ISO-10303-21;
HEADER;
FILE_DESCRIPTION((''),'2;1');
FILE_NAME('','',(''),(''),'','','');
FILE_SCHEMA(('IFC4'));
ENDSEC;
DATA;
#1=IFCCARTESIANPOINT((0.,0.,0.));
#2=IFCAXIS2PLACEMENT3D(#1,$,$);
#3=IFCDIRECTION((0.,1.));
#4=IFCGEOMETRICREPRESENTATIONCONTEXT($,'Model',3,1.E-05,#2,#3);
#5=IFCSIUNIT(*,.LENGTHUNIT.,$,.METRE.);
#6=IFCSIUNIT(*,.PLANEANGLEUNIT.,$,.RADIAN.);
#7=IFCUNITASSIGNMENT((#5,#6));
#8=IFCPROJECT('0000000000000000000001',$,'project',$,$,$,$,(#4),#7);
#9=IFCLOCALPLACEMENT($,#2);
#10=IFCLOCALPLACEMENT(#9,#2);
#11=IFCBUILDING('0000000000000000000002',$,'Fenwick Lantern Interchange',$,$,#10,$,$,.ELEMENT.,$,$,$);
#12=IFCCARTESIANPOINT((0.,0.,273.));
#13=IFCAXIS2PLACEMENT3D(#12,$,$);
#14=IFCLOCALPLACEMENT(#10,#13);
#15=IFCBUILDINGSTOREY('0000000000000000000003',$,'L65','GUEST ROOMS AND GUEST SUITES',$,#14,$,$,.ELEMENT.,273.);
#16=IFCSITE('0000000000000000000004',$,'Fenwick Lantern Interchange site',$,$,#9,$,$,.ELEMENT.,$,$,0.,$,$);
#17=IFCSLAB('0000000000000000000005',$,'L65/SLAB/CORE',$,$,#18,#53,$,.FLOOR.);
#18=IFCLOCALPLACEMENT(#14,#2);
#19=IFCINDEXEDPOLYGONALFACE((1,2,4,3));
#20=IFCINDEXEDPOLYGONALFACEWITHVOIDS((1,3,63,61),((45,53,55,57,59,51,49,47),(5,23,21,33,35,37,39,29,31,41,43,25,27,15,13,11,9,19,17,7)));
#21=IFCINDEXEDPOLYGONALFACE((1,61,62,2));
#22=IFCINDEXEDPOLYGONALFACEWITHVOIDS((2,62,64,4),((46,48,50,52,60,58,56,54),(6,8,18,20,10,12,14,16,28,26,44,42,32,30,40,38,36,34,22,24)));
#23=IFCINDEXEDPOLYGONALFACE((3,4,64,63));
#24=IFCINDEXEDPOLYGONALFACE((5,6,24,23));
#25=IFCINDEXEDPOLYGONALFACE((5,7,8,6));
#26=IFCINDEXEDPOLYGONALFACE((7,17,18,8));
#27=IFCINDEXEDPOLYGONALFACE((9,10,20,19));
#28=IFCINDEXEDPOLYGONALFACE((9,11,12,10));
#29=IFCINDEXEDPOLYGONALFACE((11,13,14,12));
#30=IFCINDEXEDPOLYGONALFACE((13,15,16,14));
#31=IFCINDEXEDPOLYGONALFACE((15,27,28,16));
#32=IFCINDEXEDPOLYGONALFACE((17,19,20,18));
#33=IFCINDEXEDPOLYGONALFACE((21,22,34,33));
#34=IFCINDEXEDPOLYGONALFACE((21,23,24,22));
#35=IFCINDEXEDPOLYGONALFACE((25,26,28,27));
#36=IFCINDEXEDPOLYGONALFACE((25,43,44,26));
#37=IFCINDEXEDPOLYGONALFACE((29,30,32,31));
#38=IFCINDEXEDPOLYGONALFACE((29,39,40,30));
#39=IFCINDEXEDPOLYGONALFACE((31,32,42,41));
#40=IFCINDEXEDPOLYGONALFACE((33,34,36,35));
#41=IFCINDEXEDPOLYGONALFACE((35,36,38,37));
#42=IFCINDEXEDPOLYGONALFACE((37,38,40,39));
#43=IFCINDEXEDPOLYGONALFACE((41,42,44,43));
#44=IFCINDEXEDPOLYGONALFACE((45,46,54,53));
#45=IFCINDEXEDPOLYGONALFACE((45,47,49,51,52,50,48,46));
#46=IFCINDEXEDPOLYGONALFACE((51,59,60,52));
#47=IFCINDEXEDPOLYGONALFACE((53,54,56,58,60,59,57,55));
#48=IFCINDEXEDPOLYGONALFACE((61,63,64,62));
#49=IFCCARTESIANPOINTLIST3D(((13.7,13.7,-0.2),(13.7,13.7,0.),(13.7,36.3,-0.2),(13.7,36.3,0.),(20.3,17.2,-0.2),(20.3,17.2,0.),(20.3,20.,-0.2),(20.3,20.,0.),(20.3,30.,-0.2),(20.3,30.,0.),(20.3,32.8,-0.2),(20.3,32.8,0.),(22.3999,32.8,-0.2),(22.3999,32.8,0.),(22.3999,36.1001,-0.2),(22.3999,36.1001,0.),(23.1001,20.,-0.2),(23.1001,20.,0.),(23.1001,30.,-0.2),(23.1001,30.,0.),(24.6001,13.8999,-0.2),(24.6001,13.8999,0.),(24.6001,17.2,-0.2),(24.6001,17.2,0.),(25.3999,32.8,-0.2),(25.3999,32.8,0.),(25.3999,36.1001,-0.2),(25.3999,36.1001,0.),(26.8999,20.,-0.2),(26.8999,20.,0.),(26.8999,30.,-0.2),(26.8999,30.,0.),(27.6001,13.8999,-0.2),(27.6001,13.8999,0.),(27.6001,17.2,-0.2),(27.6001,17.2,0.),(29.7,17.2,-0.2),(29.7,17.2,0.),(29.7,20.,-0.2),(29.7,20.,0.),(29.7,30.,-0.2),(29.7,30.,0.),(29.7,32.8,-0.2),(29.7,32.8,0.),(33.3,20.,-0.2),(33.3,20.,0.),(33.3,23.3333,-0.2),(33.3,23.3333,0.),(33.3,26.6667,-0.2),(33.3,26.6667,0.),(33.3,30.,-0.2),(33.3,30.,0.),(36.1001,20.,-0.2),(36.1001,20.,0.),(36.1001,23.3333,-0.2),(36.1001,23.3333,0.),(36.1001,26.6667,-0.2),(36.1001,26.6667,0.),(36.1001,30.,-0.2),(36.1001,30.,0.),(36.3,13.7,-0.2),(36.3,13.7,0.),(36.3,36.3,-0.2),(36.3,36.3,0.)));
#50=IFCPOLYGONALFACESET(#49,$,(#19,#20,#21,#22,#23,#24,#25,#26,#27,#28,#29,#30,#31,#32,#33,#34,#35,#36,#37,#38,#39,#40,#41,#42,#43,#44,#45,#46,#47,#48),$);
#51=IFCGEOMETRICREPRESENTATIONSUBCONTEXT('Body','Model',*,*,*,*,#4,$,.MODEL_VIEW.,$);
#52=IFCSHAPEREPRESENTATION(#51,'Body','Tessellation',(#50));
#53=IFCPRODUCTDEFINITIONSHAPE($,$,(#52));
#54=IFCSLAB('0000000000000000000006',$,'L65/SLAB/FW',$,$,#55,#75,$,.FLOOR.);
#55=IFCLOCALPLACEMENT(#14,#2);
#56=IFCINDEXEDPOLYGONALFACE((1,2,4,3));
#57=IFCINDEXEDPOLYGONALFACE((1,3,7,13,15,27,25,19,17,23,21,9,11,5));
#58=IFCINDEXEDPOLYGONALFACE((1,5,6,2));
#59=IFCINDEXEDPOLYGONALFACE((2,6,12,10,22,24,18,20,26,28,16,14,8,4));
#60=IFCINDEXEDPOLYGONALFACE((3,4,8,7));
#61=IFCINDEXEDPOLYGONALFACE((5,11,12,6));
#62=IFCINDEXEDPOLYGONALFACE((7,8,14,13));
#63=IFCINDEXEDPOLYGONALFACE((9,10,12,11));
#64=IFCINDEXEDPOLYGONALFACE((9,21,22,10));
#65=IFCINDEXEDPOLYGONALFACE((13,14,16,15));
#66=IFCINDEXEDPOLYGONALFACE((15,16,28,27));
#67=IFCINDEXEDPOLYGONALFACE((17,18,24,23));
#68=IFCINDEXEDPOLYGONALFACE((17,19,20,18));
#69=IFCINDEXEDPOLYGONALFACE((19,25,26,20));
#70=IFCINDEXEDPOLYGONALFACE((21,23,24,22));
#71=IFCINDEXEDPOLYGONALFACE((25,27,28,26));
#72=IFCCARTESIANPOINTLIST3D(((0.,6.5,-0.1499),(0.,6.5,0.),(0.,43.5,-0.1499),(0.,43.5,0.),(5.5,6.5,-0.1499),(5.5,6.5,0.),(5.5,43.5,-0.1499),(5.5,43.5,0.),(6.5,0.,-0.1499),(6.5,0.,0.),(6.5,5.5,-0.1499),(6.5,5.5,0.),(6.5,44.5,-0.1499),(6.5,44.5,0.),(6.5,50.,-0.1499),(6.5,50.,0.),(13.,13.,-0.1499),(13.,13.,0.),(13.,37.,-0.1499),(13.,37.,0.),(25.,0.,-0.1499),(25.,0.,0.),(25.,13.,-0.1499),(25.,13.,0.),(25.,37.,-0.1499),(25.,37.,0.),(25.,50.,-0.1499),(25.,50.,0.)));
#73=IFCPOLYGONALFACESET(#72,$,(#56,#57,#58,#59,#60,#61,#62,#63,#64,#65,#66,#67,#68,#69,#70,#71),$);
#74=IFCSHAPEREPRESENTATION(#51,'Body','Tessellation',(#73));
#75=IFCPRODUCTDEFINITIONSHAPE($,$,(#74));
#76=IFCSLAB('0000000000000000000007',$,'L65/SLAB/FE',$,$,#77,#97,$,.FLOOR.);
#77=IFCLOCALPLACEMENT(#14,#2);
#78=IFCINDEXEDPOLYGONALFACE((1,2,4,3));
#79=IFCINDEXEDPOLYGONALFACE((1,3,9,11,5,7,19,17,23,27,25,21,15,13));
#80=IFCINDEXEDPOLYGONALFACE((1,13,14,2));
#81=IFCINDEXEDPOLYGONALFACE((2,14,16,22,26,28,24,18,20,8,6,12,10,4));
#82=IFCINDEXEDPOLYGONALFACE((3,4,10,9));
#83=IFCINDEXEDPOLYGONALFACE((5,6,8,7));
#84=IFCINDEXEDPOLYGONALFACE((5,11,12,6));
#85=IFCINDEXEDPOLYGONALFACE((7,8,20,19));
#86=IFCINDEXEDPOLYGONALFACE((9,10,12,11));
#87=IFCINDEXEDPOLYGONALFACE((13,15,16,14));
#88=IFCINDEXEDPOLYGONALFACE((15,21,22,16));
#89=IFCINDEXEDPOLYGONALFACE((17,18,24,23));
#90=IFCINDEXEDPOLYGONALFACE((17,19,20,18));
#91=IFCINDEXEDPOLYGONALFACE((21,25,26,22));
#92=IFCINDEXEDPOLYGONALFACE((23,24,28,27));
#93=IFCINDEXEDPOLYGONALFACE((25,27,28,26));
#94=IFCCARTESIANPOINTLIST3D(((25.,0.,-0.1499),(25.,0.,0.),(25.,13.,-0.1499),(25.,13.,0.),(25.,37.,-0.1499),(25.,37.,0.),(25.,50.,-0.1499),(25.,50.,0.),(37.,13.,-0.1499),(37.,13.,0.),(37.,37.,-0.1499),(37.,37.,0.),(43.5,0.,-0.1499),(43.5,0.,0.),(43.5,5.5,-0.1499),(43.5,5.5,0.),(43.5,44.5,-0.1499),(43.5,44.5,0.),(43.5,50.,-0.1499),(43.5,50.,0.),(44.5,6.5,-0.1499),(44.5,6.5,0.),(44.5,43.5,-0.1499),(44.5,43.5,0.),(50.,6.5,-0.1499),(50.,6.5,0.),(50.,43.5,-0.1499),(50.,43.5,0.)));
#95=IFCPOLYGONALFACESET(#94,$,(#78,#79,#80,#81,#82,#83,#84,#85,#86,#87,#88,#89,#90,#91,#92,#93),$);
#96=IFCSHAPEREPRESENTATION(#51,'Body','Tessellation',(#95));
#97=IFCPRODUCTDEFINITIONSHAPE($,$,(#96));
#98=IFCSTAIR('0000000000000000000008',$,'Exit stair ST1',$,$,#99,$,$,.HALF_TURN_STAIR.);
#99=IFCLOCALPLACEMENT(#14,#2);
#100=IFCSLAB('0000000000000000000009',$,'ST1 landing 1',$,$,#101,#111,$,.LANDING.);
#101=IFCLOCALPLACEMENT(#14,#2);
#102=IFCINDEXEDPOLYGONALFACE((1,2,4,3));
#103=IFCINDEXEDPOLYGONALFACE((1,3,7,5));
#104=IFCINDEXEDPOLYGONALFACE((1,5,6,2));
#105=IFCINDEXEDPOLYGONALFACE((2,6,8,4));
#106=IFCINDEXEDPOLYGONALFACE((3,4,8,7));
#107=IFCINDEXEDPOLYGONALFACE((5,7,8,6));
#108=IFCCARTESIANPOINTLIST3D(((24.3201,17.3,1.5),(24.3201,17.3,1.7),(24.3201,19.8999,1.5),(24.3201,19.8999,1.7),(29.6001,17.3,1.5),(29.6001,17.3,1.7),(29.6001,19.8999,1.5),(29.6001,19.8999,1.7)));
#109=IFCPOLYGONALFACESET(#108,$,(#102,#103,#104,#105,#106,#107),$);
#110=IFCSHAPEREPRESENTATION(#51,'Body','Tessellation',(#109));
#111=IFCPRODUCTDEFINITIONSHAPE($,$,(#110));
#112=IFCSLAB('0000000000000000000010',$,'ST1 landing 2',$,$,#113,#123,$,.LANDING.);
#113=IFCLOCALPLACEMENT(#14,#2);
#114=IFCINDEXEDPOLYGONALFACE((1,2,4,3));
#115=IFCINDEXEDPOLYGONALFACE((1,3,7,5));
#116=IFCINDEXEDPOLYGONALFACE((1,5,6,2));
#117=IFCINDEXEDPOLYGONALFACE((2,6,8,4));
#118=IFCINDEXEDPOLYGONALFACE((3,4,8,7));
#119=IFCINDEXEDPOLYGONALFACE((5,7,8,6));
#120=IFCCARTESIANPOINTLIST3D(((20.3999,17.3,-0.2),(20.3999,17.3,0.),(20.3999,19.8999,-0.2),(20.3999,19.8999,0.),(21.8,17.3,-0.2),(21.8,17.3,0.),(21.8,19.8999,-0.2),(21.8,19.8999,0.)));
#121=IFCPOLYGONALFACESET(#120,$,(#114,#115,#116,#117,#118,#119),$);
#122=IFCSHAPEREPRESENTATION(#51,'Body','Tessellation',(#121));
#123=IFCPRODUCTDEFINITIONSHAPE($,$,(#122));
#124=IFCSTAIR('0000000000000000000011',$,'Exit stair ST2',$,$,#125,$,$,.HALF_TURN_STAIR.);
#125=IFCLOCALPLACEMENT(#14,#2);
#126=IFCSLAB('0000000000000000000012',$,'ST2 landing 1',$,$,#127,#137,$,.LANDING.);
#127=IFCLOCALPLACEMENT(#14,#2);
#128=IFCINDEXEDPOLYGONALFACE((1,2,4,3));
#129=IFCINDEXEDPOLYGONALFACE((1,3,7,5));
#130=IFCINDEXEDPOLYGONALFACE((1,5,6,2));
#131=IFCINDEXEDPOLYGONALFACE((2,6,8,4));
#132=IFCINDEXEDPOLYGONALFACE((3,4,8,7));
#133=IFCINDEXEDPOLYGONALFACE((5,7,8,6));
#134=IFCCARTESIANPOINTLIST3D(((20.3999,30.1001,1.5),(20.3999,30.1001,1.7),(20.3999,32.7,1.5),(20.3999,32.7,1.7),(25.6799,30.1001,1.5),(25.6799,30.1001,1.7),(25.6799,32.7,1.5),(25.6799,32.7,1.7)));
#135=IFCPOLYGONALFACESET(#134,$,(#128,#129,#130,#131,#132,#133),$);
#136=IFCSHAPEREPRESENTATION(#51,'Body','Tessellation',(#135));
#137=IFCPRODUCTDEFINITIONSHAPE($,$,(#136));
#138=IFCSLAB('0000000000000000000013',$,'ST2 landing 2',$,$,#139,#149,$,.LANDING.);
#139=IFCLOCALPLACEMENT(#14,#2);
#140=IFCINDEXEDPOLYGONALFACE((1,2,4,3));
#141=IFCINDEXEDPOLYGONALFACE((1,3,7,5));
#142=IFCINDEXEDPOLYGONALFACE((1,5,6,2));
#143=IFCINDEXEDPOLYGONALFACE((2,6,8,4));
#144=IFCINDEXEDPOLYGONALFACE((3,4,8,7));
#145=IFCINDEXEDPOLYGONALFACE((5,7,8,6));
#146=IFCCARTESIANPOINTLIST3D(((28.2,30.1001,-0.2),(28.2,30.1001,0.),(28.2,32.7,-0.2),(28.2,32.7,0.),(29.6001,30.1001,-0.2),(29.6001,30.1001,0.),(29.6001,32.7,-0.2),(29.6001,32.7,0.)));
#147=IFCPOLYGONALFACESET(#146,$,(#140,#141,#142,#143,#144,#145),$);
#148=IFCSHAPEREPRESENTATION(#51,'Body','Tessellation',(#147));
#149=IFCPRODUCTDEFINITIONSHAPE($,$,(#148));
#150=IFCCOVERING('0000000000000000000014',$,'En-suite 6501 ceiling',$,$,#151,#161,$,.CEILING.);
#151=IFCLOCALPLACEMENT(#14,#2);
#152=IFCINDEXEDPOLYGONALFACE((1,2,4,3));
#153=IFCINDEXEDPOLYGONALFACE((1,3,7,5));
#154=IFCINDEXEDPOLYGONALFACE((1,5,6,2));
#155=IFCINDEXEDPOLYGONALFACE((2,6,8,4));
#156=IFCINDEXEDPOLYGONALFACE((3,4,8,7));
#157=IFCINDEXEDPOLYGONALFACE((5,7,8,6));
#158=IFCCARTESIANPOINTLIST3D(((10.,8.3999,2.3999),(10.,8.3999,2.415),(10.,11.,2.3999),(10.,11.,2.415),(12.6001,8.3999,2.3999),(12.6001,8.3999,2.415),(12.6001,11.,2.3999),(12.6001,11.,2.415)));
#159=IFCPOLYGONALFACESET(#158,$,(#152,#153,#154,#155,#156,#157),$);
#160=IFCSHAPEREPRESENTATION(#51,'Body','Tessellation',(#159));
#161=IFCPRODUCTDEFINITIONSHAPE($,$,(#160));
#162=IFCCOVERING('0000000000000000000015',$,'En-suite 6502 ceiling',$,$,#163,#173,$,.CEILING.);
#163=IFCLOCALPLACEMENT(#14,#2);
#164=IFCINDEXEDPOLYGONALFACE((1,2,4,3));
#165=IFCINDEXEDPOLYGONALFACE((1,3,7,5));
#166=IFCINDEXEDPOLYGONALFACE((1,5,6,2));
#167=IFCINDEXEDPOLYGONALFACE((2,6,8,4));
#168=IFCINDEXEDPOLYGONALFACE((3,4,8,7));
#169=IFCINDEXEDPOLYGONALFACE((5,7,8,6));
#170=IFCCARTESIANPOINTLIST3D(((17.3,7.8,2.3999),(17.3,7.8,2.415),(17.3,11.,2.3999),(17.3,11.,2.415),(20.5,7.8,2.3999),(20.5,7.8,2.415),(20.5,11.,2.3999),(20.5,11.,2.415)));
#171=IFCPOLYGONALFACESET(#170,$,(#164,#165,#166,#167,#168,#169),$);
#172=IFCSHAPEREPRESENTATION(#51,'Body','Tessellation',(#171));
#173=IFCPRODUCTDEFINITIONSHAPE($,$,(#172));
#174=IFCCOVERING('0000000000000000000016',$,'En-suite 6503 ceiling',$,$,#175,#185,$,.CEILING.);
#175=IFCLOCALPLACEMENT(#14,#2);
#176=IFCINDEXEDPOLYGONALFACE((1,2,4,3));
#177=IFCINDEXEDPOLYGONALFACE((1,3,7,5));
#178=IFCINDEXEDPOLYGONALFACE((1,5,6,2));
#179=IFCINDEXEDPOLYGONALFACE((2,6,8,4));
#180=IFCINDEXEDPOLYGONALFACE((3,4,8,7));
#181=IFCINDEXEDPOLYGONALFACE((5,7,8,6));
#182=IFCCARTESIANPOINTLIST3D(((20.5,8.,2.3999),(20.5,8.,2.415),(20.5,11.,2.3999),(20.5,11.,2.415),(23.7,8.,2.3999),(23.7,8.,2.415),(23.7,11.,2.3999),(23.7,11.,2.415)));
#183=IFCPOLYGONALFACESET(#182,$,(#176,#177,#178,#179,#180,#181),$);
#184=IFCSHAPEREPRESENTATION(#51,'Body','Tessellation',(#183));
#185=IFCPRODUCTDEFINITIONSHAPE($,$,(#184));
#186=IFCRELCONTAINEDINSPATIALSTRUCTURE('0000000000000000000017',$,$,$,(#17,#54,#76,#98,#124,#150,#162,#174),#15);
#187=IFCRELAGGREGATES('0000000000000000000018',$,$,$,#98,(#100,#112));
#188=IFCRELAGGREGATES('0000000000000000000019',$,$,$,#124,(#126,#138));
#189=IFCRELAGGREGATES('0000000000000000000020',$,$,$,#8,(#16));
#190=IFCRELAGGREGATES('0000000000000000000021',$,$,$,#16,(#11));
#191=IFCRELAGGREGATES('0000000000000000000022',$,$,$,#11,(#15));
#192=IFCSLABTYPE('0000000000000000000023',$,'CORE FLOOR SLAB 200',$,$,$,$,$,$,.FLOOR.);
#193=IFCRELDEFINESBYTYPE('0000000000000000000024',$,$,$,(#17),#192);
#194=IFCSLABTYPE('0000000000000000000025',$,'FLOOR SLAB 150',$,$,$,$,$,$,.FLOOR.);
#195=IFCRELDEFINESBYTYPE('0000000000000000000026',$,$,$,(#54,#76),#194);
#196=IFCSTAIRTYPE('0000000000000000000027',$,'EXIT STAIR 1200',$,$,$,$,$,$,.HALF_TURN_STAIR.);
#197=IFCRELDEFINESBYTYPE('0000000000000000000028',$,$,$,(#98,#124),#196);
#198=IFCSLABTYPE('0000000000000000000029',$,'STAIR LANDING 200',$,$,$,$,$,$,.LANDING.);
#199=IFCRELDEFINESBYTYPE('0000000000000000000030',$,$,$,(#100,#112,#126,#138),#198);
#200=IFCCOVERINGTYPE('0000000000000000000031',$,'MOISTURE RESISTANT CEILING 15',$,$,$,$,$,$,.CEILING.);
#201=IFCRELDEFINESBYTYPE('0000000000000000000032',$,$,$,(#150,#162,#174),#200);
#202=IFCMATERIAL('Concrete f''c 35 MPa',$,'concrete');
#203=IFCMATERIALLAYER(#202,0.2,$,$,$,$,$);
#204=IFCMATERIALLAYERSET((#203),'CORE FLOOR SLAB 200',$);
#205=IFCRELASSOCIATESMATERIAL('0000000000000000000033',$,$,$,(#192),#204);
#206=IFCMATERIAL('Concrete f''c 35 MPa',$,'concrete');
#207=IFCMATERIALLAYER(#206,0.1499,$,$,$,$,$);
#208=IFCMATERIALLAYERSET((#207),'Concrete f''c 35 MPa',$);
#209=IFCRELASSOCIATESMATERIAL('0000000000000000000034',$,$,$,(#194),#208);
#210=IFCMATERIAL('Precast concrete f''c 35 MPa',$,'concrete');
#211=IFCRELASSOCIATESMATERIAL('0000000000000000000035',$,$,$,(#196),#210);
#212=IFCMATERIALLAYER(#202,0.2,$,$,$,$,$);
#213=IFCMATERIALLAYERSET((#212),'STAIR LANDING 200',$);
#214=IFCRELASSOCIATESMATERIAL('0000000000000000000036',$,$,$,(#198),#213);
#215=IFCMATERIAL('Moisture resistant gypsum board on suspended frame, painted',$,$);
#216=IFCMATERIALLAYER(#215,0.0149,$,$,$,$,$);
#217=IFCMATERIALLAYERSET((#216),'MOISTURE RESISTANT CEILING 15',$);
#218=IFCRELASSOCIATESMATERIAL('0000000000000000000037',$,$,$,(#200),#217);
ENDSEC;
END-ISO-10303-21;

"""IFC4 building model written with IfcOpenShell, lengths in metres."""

from ifc_helpers import new_model, si_unit, direction, frame, origin, place, context, subcontext, project, spatial, polyline, outline, extrude, material, layer, layer_set, type_object, element, aggregate, save


model = new_model("IFC4")

# Units and contexts
model_context = context("Model", 3, precision=1e-05, world=origin(), true_north=direction((0.0, 1.0)))
body_context = subcontext(model_context, "Body", "Model", "MODEL_VIEW")
ifc_project = project(units=[si_unit("LENGTHUNIT", "METRE"), si_unit("PLANEANGLEUNIT", "RADIAN")], contexts=[model_context])

# Site, building, storey
site_placement = place(None, origin())
site = spatial("IfcSite", under=ifc_project, at=site_placement, Name="Fenwick Lantern Interchange site", CompositionType="ELEMENT", RefElevation=0.0)
building_placement = place(site_placement, origin())
building = spatial("IfcBuilding", under=site, at=building_placement, Name="Fenwick Lantern Interchange", CompositionType="ELEMENT")
storey_placement = place(building_placement, frame((0.0, 0.0, 273.0)))
storey = spatial("IfcBuildingStorey", under=building, at=storey_placement, Name="L65", Description="GUEST ROOMS AND GUEST SUITES", CompositionType="ELEMENT", Elevation=273.0)

# Slabs
ifc_material_1 = material(Name="Concrete f'c 35 MPa", Category="concrete")
ifc_layer_1 = layer(ifc_material_1, 0.2)
ifc_layer_set_1 = layer_set([ifc_layer_1], Name="CORE FLOOR SLAB 200")
slab_type_1 = type_object("IfcSlabType", Name="CORE FLOOR SLAB 200", PredefinedType="FLOOR", material=ifc_layer_set_1)
slab_1_placement = place(storey_placement, frame((0.0, 0.0, -0.2)))
element("IfcSlab", 1, at=slab_1_placement, inside=storey, type_object=slab_type_1, Name="L65/SLAB/CORE", PredefinedType="FLOOR", context=body_context, shape_type="SweptSolid", body=[
    extrude(outline(polyline([(13.7, 36.3), (36.3, 36.3), (36.3, 13.7), (13.7, 13.7), (13.7, 36.3)]), holes=[polyline([(24.6001, 13.8999), (27.6001, 13.8999), (27.6001, 17.2), (29.7, 17.2), (29.7, 20.0), (26.8999, 20.0), (26.8999, 30.0), (29.7, 30.0), (29.7, 32.8), (25.3999, 32.8), (25.3999, 36.1001), (22.3999, 36.1001), (22.3999, 32.8), (20.3, 32.8), (20.3, 30.0), (23.1001, 30.0), (23.1001, 20.0), (20.3, 20.0), (20.3, 17.2), (24.6001, 17.2), (24.6001, 13.8999)]), polyline([(33.3, 20.0), (36.1001, 20.0), (36.1001, 23.3333), (36.1001, 26.6667), (36.1001, 30.0), (33.3, 30.0), (33.3, 26.6667), (33.3, 23.3333), (33.3, 20.0)])]), origin(), (0.0, 0.0, 1.0), 0.2),
])
ifc_material_2 = material(Name="Concrete f'c 35 MPa", Category="concrete")
ifc_layer_2 = layer(ifc_material_2, 0.1499)
ifc_layer_set_2 = layer_set([ifc_layer_2], Name="Concrete f'c 35 MPa")
slab_type_2 = type_object("IfcSlabType", Name="FLOOR SLAB 150", PredefinedType="FLOOR", material=ifc_layer_set_2)
slab_2_placement = place(storey_placement, frame((0.0, 0.0, -0.1499)))
element("IfcSlab", 2, at=slab_2_placement, inside=storey, type_object=slab_type_2, Name="L65/SLAB/FW", PredefinedType="FLOOR", context=body_context, shape_type="SweptSolid", body=[
    extrude(outline(polyline([(6.5, 0.0), (6.5, 5.5), (5.5, 6.5), (0.0, 6.5), (0.0, 43.5), (5.5, 43.5), (6.5, 44.5), (6.5, 50.0), (25.0, 50.0), (25.0, 37.0), (13.0, 37.0), (13.0, 13.0), (25.0, 13.0), (25.0, 0.0), (6.5, 0.0)])), origin(), (0.0, 0.0, 1.0), 0.1499),
])
slab_3_placement = place(storey_placement, frame((0.0, 0.0, -0.1499)))
element("IfcSlab", 3, at=slab_3_placement, inside=storey, type_object=slab_type_2, Name="L65/SLAB/FE", PredefinedType="FLOOR", context=body_context, shape_type="SweptSolid", body=[
    extrude(outline(polyline([(43.5, 50.0), (43.5, 44.5), (44.5, 43.5), (50.0, 43.5), (50.0, 6.5), (44.5, 6.5), (43.5, 5.5), (43.5, 0.0), (25.0, 0.0), (25.0, 13.0), (37.0, 13.0), (37.0, 37.0), (25.0, 37.0), (25.0, 50.0), (43.5, 50.0)])), origin(), (0.0, 0.0, 1.0), 0.1499),
])

# Stairs, slabs
ifc_material_3 = material(Name="Precast concrete f'c 35 MPa", Category="concrete")
stair_type = type_object("IfcStairType", Name="EXIT STAIR 1200", PredefinedType="HALF_TURN_STAIR", material=ifc_material_3)
stair_1_placement = place(storey_placement, origin())
stair_1 = element("IfcStair", 4, at=stair_1_placement, inside=storey, type_object=stair_type, Name="Exit stair ST1", PredefinedType="HALF_TURN_STAIR")
ifc_layer_3 = layer(ifc_material_1, 0.2)
ifc_layer_set_3 = layer_set([ifc_layer_3], Name="STAIR LANDING 200")
slab_type_3 = type_object("IfcSlabType", Name="STAIR LANDING 200", PredefinedType="LANDING", material=ifc_layer_set_3)
slab_4_placement = place(storey_placement, frame((0.0, 0.0, 1.5)))
slab_4 = element("IfcSlab", 5, at=slab_4_placement, type_object=slab_type_3, Name="ST1 landing 1", PredefinedType="LANDING", context=body_context, shape_type="SweptSolid", body=[
    extrude(outline(polyline([(24.3201, 17.3), (29.6001, 17.3), (29.6001, 19.8999), (24.3201, 19.8999), (24.3201, 17.3)])), origin(), (0.0, 0.0, 1.0), 0.2),
])
slab_5_placement = place(storey_placement, frame((0.0, 0.0, -0.2)))
slab_5 = element("IfcSlab", 6, at=slab_5_placement, type_object=slab_type_3, Name="ST1 landing 2", PredefinedType="LANDING", context=body_context, shape_type="SweptSolid", body=[
    extrude(outline(polyline([(20.3999, 17.3), (21.8, 17.3), (21.8, 19.8999), (20.3999, 19.8999), (20.3999, 17.3)])), origin(), (0.0, 0.0, 1.0), 0.2),
])
aggregate(stair_1, [slab_4, slab_5])
stair_2_placement = place(storey_placement, origin())
stair_2 = element("IfcStair", 7, at=stair_2_placement, inside=storey, type_object=stair_type, Name="Exit stair ST2", PredefinedType="HALF_TURN_STAIR")
slab_6_placement = place(storey_placement, frame((0.0, 0.0, 1.5)))
slab_6 = element("IfcSlab", 8, at=slab_6_placement, type_object=slab_type_3, Name="ST2 landing 1", PredefinedType="LANDING", context=body_context, shape_type="SweptSolid", body=[
    extrude(outline(polyline([(25.6799, 32.7), (20.3999, 32.7), (20.3999, 30.1001), (25.6799, 30.1001), (25.6799, 32.7)])), origin(), (0.0, 0.0, 1.0), 0.2),
])
slab_7_placement = place(storey_placement, frame((0.0, 0.0, -0.2)))
slab_7 = element("IfcSlab", 9, at=slab_7_placement, type_object=slab_type_3, Name="ST2 landing 2", PredefinedType="LANDING", context=body_context, shape_type="SweptSolid", body=[
    extrude(outline(polyline([(29.6001, 32.7), (28.2, 32.7), (28.2, 30.1001), (29.6001, 30.1001), (29.6001, 32.7)])), origin(), (0.0, 0.0, 1.0), 0.2),
])
aggregate(stair_2, [slab_6, slab_7])

# Coverings
ifc_material_4 = material(Name="Moisture resistant gypsum board on suspended frame, painted")
ifc_layer_4 = layer(ifc_material_4, 0.0149)
ifc_layer_set_4 = layer_set([ifc_layer_4], Name="MOISTURE RESISTANT CEILING 15")
covering_type_1 = type_object("IfcCoveringType", Name="MOISTURE RESISTANT CEILING 15", PredefinedType="CEILING", material=ifc_layer_set_4)
covering_1_placement = place(storey_placement, frame((0.0, 0.0, 2.3999)))
element("IfcCovering", 10, at=covering_1_placement, inside=storey, type_object=covering_type_1, Name="En-suite 6501 ceiling", PredefinedType="CEILING", context=body_context, shape_type="SweptSolid", body=[
    extrude(outline(polyline([(10.0, 8.3999), (12.6001, 8.3999), (12.6001, 11.0), (10.0, 11.0), (10.0, 8.3999)])), origin(), (0.0, 0.0, 1.0), 0.0151),
])
covering_2_placement = place(storey_placement, frame((0.0, 0.0, 2.3999)))
element("IfcCovering", 11, at=covering_2_placement, inside=storey, type_object=covering_type_1, Name="En-suite 6502 ceiling", PredefinedType="CEILING", context=body_context, shape_type="SweptSolid", body=[
    extrude(outline(polyline([(17.3, 7.8), (20.5, 7.8), (20.5, 11.0), (17.3, 11.0), (17.3, 7.8)])), origin(), (0.0, 0.0, 1.0), 0.0151),
])
covering_3_placement = place(storey_placement, frame((0.0, 0.0, 2.3999)))
element("IfcCovering", 12, at=covering_3_placement, inside=storey, type_object=covering_type_1, Name="En-suite 6503 ceiling", PredefinedType="CEILING", context=body_context, shape_type="SweptSolid", body=[
    extrude(outline(polyline([(20.5, 8.0), (23.7, 8.0), (23.7, 11.0), (20.5, 11.0), (20.5, 8.0)])), origin(), (0.0, 0.0, 1.0), 0.0151),
])

save(model, "model.ifc")
